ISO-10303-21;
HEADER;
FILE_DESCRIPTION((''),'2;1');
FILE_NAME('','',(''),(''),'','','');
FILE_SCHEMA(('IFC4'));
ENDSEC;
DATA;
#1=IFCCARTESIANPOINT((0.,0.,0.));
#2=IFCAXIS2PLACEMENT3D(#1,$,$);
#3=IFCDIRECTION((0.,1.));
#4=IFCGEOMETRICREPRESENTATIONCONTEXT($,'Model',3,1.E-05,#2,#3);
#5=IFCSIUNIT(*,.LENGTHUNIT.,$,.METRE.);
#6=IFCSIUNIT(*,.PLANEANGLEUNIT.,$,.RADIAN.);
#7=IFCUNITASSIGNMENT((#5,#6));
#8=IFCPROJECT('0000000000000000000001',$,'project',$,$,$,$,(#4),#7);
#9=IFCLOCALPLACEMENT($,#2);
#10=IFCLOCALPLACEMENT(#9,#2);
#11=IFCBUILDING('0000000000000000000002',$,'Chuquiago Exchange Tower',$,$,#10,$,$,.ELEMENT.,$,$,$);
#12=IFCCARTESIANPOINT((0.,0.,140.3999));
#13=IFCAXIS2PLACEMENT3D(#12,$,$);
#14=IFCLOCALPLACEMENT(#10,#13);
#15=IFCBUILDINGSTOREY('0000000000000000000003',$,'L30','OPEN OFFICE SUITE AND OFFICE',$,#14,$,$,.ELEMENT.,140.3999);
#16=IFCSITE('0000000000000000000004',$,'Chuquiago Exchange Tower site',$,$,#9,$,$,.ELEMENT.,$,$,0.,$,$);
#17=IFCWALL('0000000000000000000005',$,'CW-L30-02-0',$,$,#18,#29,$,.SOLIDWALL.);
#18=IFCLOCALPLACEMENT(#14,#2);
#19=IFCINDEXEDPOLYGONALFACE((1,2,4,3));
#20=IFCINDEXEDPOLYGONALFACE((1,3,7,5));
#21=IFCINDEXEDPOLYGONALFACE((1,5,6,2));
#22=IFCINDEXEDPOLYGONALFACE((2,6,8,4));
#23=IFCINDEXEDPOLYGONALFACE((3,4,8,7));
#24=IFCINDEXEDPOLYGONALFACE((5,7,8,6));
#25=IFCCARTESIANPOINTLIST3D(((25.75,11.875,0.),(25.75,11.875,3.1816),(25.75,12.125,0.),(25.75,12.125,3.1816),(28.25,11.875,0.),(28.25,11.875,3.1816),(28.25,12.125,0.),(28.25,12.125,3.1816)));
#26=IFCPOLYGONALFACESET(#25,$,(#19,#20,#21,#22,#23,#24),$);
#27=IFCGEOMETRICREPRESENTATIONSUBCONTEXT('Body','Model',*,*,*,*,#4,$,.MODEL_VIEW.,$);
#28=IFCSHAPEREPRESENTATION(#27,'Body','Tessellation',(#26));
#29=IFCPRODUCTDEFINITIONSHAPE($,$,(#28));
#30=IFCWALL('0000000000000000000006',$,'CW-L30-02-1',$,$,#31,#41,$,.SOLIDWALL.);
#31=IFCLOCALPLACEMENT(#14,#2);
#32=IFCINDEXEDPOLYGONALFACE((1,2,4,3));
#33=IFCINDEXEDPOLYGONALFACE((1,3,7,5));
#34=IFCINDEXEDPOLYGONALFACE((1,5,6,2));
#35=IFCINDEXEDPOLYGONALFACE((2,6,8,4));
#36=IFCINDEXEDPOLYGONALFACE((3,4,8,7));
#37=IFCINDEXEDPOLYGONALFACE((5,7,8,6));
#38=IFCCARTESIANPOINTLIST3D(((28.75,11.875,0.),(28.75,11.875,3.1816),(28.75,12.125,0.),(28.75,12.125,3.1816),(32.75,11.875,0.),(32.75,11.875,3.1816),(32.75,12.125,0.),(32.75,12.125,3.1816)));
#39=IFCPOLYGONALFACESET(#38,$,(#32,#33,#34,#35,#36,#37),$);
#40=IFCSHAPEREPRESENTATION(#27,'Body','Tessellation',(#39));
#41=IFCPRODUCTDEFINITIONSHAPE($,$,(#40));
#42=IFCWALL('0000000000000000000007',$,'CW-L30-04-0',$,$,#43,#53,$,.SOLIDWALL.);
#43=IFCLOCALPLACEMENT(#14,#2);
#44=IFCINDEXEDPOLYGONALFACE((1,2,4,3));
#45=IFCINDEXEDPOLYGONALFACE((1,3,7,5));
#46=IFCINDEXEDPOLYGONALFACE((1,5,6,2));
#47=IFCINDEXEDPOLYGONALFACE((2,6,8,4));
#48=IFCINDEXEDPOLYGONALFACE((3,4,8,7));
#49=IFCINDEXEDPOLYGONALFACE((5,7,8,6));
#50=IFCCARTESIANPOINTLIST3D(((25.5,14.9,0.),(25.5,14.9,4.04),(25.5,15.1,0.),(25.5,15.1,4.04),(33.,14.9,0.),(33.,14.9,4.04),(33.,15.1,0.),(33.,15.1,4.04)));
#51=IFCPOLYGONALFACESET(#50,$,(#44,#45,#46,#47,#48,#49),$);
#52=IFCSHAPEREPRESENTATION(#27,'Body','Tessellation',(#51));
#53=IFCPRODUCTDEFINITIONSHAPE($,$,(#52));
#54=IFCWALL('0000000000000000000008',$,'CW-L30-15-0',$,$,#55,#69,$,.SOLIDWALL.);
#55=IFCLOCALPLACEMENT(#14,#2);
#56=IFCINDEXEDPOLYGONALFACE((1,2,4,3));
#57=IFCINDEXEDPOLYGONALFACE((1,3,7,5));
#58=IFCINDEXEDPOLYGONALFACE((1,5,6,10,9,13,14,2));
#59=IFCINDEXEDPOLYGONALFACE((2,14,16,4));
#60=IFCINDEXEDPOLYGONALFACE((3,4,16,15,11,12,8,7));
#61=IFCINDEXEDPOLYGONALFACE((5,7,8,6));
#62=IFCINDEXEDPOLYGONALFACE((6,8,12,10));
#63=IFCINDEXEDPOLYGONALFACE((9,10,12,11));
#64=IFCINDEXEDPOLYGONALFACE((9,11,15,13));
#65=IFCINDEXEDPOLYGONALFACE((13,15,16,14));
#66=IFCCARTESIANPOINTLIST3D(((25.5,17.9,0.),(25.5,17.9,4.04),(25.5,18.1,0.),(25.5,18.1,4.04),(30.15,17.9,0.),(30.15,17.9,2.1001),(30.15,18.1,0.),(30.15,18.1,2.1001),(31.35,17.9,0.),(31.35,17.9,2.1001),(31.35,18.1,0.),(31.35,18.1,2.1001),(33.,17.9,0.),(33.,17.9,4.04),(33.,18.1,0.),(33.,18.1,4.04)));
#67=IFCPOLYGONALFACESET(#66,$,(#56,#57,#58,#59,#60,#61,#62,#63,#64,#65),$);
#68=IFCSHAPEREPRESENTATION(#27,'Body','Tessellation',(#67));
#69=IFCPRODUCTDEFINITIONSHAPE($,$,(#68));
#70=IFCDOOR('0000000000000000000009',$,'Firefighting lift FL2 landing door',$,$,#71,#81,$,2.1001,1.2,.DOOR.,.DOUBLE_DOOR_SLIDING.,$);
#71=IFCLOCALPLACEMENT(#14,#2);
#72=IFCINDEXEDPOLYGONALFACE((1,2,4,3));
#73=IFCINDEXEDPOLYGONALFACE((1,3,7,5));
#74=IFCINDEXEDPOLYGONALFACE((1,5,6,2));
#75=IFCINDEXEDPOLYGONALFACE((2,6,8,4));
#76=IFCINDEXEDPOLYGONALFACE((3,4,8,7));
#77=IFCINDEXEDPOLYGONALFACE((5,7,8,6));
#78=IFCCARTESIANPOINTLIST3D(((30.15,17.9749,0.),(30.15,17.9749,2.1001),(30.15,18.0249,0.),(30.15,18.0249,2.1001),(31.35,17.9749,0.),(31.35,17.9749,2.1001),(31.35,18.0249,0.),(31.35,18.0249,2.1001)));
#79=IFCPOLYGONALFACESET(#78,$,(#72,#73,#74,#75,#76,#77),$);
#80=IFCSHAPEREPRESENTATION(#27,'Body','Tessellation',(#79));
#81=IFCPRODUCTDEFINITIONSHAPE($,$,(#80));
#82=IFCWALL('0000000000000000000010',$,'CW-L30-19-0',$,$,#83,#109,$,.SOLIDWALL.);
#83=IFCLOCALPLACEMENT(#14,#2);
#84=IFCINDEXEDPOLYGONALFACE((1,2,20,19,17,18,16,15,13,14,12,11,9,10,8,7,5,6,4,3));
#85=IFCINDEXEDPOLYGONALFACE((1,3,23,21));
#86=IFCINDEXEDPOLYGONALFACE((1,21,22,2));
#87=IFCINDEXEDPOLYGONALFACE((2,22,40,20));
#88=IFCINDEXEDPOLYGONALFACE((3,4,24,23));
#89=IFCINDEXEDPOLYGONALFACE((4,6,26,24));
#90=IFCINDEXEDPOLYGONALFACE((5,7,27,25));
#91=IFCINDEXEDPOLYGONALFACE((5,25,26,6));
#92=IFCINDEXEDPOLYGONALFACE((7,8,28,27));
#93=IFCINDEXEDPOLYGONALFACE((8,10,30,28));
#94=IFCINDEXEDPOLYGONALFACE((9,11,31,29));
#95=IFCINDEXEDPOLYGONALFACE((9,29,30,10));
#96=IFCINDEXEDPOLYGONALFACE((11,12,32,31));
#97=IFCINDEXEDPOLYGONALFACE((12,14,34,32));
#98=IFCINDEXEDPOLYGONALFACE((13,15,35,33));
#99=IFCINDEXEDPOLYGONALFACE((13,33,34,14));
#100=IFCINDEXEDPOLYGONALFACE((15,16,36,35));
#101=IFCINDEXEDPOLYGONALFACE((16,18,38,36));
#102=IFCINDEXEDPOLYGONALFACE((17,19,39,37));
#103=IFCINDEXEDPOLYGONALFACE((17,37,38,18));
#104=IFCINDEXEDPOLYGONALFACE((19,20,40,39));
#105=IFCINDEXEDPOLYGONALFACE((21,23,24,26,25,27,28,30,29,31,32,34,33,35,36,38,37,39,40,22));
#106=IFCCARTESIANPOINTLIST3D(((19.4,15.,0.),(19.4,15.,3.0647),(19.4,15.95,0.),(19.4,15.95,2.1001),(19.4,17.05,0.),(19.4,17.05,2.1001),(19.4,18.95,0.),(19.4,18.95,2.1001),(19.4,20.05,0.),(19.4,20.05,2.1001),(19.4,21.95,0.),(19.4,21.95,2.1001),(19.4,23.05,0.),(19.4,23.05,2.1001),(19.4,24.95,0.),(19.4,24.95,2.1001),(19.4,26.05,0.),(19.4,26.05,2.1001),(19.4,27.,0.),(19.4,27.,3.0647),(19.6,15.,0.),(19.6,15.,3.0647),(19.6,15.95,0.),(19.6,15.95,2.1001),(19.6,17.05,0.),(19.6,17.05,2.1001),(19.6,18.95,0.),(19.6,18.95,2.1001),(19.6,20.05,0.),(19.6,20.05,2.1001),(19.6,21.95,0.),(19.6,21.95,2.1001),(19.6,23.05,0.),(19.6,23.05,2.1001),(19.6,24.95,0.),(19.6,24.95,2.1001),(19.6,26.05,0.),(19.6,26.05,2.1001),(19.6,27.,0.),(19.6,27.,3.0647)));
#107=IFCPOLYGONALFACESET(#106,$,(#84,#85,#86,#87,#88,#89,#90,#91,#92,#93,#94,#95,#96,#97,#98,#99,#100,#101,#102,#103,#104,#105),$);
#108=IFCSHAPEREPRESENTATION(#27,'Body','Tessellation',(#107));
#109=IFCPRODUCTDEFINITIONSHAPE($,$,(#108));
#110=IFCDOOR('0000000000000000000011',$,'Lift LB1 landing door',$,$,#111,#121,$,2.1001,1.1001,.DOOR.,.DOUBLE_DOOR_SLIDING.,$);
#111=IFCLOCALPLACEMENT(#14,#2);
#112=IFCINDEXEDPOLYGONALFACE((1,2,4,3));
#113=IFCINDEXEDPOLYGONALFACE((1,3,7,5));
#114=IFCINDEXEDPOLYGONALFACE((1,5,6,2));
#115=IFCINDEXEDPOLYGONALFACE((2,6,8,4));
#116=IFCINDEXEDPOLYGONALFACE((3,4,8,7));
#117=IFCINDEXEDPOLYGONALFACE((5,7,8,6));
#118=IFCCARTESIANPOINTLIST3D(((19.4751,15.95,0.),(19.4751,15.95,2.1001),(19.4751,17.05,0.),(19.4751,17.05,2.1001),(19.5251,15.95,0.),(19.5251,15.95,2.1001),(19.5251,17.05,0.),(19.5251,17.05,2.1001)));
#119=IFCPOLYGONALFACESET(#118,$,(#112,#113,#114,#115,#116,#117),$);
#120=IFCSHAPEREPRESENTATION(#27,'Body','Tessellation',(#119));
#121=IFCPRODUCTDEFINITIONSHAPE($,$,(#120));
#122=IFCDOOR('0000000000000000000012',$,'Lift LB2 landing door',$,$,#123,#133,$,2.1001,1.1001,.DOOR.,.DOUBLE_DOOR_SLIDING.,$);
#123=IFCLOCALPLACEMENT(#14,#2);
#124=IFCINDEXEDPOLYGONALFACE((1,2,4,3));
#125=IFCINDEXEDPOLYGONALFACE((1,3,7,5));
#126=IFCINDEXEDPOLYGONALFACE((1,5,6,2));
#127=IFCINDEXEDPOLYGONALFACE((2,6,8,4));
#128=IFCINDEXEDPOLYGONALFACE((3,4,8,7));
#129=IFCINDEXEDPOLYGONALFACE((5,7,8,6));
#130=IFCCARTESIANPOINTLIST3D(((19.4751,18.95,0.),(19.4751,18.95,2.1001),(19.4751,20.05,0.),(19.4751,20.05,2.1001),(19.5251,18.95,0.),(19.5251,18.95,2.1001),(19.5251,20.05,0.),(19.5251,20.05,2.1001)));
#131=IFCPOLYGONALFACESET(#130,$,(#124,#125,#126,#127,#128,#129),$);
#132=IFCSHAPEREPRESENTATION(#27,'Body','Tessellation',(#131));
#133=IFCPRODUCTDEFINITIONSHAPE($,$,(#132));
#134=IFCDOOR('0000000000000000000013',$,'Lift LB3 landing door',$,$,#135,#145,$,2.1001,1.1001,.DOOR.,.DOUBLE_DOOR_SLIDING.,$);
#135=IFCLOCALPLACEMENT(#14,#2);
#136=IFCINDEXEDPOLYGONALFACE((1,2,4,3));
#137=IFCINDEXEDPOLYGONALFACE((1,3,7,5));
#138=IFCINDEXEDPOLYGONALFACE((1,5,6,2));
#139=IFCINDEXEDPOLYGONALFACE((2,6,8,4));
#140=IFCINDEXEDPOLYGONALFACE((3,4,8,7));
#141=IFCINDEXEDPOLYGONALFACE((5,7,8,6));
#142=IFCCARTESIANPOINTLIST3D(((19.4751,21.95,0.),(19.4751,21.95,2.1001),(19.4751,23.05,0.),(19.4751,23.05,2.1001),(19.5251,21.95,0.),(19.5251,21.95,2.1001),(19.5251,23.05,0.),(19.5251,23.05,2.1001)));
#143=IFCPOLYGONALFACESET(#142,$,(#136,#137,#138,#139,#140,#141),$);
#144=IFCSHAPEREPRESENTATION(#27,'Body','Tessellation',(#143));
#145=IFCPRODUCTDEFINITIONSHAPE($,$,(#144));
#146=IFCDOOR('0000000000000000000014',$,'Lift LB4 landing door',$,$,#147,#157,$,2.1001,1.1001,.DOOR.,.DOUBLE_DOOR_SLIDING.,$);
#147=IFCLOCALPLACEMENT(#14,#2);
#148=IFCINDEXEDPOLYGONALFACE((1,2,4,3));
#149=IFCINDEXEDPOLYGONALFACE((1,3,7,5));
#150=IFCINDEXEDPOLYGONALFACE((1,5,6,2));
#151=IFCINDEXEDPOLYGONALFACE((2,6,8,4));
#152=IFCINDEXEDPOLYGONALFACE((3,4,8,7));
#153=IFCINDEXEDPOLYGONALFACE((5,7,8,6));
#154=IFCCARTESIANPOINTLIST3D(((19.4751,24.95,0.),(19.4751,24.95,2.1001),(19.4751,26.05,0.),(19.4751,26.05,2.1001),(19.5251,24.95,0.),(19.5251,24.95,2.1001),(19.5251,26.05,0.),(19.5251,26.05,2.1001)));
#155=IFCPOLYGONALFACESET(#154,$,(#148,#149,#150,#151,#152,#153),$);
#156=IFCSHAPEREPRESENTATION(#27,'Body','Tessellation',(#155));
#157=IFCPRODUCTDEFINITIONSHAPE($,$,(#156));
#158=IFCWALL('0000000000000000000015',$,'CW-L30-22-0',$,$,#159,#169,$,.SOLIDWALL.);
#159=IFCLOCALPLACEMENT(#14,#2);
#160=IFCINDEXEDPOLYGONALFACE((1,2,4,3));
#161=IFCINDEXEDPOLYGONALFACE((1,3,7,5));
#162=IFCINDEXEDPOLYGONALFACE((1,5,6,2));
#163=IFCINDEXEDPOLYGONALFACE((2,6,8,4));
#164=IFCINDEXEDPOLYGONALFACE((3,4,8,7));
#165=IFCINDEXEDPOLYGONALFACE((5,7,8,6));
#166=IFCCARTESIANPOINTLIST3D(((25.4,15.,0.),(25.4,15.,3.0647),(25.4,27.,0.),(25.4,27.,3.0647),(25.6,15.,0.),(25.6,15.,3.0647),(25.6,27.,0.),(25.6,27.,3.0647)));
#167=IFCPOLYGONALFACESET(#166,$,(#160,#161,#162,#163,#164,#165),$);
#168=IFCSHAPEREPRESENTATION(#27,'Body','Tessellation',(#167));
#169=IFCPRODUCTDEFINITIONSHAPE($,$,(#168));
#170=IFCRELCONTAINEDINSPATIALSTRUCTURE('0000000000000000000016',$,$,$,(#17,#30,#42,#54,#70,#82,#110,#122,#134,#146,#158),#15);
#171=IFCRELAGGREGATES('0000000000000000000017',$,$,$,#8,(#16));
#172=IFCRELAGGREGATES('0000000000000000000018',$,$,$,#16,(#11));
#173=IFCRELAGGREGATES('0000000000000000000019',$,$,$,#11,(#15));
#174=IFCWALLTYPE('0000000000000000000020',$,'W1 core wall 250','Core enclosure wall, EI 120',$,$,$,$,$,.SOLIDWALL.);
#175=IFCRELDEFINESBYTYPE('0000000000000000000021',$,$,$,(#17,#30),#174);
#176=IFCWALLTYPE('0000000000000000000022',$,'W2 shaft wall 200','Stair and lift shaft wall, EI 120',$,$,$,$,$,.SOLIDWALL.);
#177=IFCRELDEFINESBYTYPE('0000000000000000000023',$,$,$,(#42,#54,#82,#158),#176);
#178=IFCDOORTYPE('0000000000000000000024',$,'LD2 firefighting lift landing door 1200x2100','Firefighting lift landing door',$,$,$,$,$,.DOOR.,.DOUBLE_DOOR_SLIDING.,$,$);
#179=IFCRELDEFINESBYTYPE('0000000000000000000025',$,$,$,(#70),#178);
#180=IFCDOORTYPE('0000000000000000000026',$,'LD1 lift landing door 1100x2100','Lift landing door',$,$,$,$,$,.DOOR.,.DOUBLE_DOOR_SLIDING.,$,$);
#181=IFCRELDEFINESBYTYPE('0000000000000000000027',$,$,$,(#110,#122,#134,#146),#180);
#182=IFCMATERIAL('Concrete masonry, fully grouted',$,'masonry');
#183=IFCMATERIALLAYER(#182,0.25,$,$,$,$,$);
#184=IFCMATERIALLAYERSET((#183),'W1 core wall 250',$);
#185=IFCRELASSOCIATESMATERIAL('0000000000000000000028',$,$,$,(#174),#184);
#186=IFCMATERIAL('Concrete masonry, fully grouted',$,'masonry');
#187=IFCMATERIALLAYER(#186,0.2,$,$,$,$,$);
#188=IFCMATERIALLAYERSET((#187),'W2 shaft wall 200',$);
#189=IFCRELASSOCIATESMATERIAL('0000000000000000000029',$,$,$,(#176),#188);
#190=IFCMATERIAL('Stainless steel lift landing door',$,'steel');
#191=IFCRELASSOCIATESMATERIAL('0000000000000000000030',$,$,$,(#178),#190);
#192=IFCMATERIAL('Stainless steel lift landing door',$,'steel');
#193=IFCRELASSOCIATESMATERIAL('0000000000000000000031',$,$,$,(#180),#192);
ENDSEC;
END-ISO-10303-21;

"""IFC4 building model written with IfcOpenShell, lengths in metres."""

from ifc_helpers import new_model, si_unit, direction, frame, frame_2d, origin, place, context, subcontext, project, spatial, rectangle, extrude, material, layer, layer_set, type_object, element, fill, save


model = new_model("IFC4")

# Units and contexts
model_context = context("Model", 3, precision=1e-05, world=origin(), true_north=direction((0.0, 1.0)))
body_context = subcontext(model_context, "Body", "Model", "MODEL_VIEW")
ifc_project = project(units=[si_unit("LENGTHUNIT", "METRE"), si_unit("PLANEANGLEUNIT", "RADIAN")], contexts=[model_context])

# Site, building, storey
site_placement = place(None, origin())
site = spatial("IfcSite", under=ifc_project, at=site_placement, Name="Chuquiago Exchange Tower site", CompositionType="ELEMENT", RefElevation=0.0)
building_placement = place(site_placement, origin())
building = spatial("IfcBuilding", under=site, at=building_placement, Name="Chuquiago Exchange Tower", CompositionType="ELEMENT")
storey_placement = place(building_placement, frame((0.0, 0.0, 140.3999)))
storey = spatial("IfcBuildingStorey", under=building, at=storey_placement, Name="L30", Description="OPEN OFFICE SUITE AND OFFICE", CompositionType="ELEMENT", Elevation=140.3999)

# Walls
ifc_material_1 = material(Name="Concrete masonry, fully grouted", Category="masonry")
ifc_layer_1 = layer(ifc_material_1, 0.25)
ifc_layer_set_1 = layer_set([ifc_layer_1], Name="W1 core wall 250")
wall_type_1 = type_object("IfcWallType", Name="W1 core wall 250", Description="Core enclosure wall, EI 120", PredefinedType="SOLIDWALL", material=ifc_layer_set_1)
wall_1_placement = place(storey_placement, frame((25.75, 12.0, 0.0), z_axis=(0.0, 0.0, 1.0), x_axis=(1.0, 0.0, 0.0)))
element("IfcWall", 1, at=wall_1_placement, inside=storey, type_object=wall_type_1, Name="CW-L30-02-0", PredefinedType="SOLIDWALL", context=body_context, shape_type="SweptSolid", body=[
    extrude(rectangle(XDim=2.5, YDim=0.25, at=frame_2d((1.25, 0.0))), origin(), (0.0, 0.0, 1.0), 3.1816),
])
wall_2_placement = place(storey_placement, frame((28.75, 12.0, 0.0), z_axis=(0.0, 0.0, 1.0), x_axis=(1.0, 0.0, 0.0)))
element("IfcWall", 2, at=wall_2_placement, inside=storey, type_object=wall_type_1, Name="CW-L30-02-1", PredefinedType="SOLIDWALL", context=body_context, shape_type="SweptSolid", body=[
    extrude(rectangle(XDim=4.0, YDim=0.25, at=frame_2d((2.0, 0.0))), origin(), (0.0, 0.0, 1.0), 3.1816),
])
ifc_material_2 = material(Name="Concrete masonry, fully grouted", Category="masonry")
ifc_layer_2 = layer(ifc_material_2, 0.2)
ifc_layer_set_2 = layer_set([ifc_layer_2], Name="W2 shaft wall 200")
wall_type_2 = type_object("IfcWallType", Name="W2 shaft wall 200", Description="Stair and lift shaft wall, EI 120", PredefinedType="SOLIDWALL", material=ifc_layer_set_2)
wall_3_placement = place(storey_placement, frame((25.5, 15.0, 0.0), z_axis=(0.0, 0.0, 1.0), x_axis=(1.0, 0.0, 0.0)))
element("IfcWall", 3, at=wall_3_placement, inside=storey, type_object=wall_type_2, Name="CW-L30-04-0", PredefinedType="SOLIDWALL", context=body_context, shape_type="SweptSolid", body=[
    extrude(rectangle(XDim=7.5, YDim=0.2, at=frame_2d((3.75, 0.0))), origin(), (0.0, 0.0, 1.0), 4.04),
])

# Wall, opening, door
wall_4_placement = place(storey_placement, frame((25.5, 18.0, 0.0), z_axis=(0.0, 0.0, 1.0), x_axis=(1.0, 0.0, 0.0)))
wall_4 = element("IfcWall", 4, at=wall_4_placement, inside=storey, type_object=wall_type_2, Name="CW-L30-15-0", PredefinedType="SOLIDWALL", context=body_context, shape_type="SweptSolid", body=[
    extrude(rectangle(XDim=7.5, YDim=0.2, at=frame_2d((3.75, 0.0))), origin(), (0.0, 0.0, 1.0), 4.04),
])
opening_1_placement = place(wall_4_placement, frame((4.6499, 0.0, 0.0)))
opening_1 = element("IfcOpeningElement", 5, at=opening_1_placement, cuts=wall_4, PredefinedType="OPENING", context=body_context, shape_type="SweptSolid", body=[
    extrude(rectangle(XDim=1.2, YDim=2.1001, at=frame_2d((0.6001, 1.05))), frame((0.0, 0.1099, 0.0), z_axis=(0.0, -1.0, 0.0), x_axis=(1.0, 0.0, 0.0)), (0.0, 0.0, 1.0), 0.22),
])
ifc_material_3 = material(Name="Stainless steel lift landing door", Category="steel")
door_type_1 = type_object("IfcDoorType", Name="LD2 firefighting lift landing door 1200x2100", Description="Firefighting lift landing door", OperationType="DOUBLE_DOOR_SLIDING", PredefinedType="DOOR", material=ifc_material_3)
door_1_placement = place(opening_1_placement, origin())
door_1 = element("IfcDoor", 6, at=door_1_placement, inside=storey, type_object=door_type_1, Name="Firefighting lift FL2 landing door", OperationType="DOUBLE_DOOR_SLIDING", OverallHeight=2.1001, OverallWidth=1.2, PredefinedType="DOOR", context=body_context, shape_type="SweptSolid", body=[
    extrude(rectangle(XDim=1.2, YDim=2.1001, at=frame_2d((0.6001, 1.05))), frame((0.0, 0.0249, 0.0), z_axis=(0.0, -1.0, 0.0), x_axis=(1.0, 0.0, 0.0)), (0.0, 0.0, 1.0), 0.05),
])
fill(opening_1, door_1)

# Wall, openings, doors
wall_5_placement = place(storey_placement, frame((19.5, 15.0, 0.0), z_axis=(0.0, 0.0, 1.0), x_axis=(0.0, 1.0, 0.0)))
wall_5 = element("IfcWall", 7, at=wall_5_placement, inside=storey, type_object=wall_type_2, Name="CW-L30-19-0", PredefinedType="SOLIDWALL", context=body_context, shape_type="SweptSolid", body=[
    extrude(rectangle(XDim=12.0, YDim=0.2, at=frame_2d((6.0, 0.0))), origin(), (0.0, 0.0, 1.0), 3.0647),
])
opening_2_placement = place(wall_5_placement, frame((0.95, 0.0, 0.0)))
opening_2 = element("IfcOpeningElement", 8, at=opening_2_placement, cuts=wall_5, PredefinedType="OPENING", context=body_context, shape_type="SweptSolid", body=[
    extrude(rectangle(XDim=1.1001, YDim=2.1001, at=frame_2d((0.55, 1.05))), frame((0.0, 0.1099, 0.0), z_axis=(0.0, -1.0, 0.0), x_axis=(1.0, 0.0, 0.0)), (0.0, 0.0, 1.0), 0.22),
])
opening_3_placement = place(wall_5_placement, frame((3.95, 0.0, 0.0)))
opening_3 = element("IfcOpeningElement", 9, at=opening_3_placement, cuts=wall_5, PredefinedType="OPENING", context=body_context, shape_type="SweptSolid", body=[
    extrude(rectangle(XDim=1.1001, YDim=2.1001, at=frame_2d((0.55, 1.05))), frame((0.0, 0.1099, 0.0), z_axis=(0.0, -1.0, 0.0), x_axis=(1.0, 0.0, 0.0)), (0.0, 0.0, 1.0), 0.22),
])
opening_4_placement = place(wall_5_placement, frame((6.95, 0.0, 0.0)))
opening_4 = element("IfcOpeningElement", 10, at=opening_4_placement, cuts=wall_5, PredefinedType="OPENING", context=body_context, shape_type="SweptSolid", body=[
    extrude(rectangle(XDim=1.1001, YDim=2.1001, at=frame_2d((0.55, 1.05))), frame((0.0, 0.1099, 0.0), z_axis=(0.0, -1.0, 0.0), x_axis=(1.0, 0.0, 0.0)), (0.0, 0.0, 1.0), 0.22),
])
opening_5_placement = place(wall_5_placement, frame((9.95, 0.0, 0.0)))
opening_5 = element("IfcOpeningElement", 11, at=opening_5_placement, cuts=wall_5, PredefinedType="OPENING", context=body_context, shape_type="SweptSolid", body=[
    extrude(rectangle(XDim=1.1001, YDim=2.1001, at=frame_2d((0.55, 1.05))), frame((0.0, 0.1099, 0.0), z_axis=(0.0, -1.0, 0.0), x_axis=(1.0, 0.0, 0.0)), (0.0, 0.0, 1.0), 0.22),
])
ifc_material_4 = material(Name="Stainless steel lift landing door", Category="steel")
door_type_2 = type_object("IfcDoorType", Name="LD1 lift landing door 1100x2100", Description="Lift landing door", OperationType="DOUBLE_DOOR_SLIDING", PredefinedType="DOOR", material=ifc_material_4)
door_2_placement = place(opening_2_placement, origin())
door_2 = element("IfcDoor", 12, at=door_2_placement, inside=storey, type_object=door_type_2, Name="Lift LB1 landing door", OperationType="DOUBLE_DOOR_SLIDING", OverallHeight=2.1001, OverallWidth=1.1001, PredefinedType="DOOR", context=body_context, shape_type="SweptSolid", body=[
    extrude(rectangle(XDim=1.1001, YDim=2.1001, at=frame_2d((0.55, 1.05))), frame((0.0, 0.0249, 0.0), z_axis=(0.0, -1.0, 0.0), x_axis=(1.0, 0.0, 0.0)), (0.0, 0.0, 1.0), 0.05),
])
fill(opening_2, door_2)
door_3_placement = place(opening_3_placement, origin())
door_3 = element("IfcDoor", 13, at=door_3_placement, inside=storey, type_object=door_type_2, Name="Lift LB2 landing door", OperationType="DOUBLE_DOOR_SLIDING", OverallHeight=2.1001, OverallWidth=1.1001, PredefinedType="DOOR", context=body_context, shape_type="SweptSolid", body=[
    extrude(rectangle(XDim=1.1001, YDim=2.1001, at=frame_2d((0.55, 1.05))), frame((0.0, 0.0249, 0.0), z_axis=(0.0, -1.0, 0.0), x_axis=(1.0, 0.0, 0.0)), (0.0, 0.0, 1.0), 0.05),
])
fill(opening_3, door_3)
door_4_placement = place(opening_4_placement, origin())
door_4 = element("IfcDoor", 14, at=door_4_placement, inside=storey, type_object=door_type_2, Name="Lift LB3 landing door", OperationType="DOUBLE_DOOR_SLIDING", OverallHeight=2.1001, OverallWidth=1.1001, PredefinedType="DOOR", context=body_context, shape_type="SweptSolid", body=[
    extrude(rectangle(XDim=1.1001, YDim=2.1001, at=frame_2d((0.55, 1.05))), frame((0.0, 0.0249, 0.0), z_axis=(0.0, -1.0, 0.0), x_axis=(1.0, 0.0, 0.0)), (0.0, 0.0, 1.0), 0.05),
])
fill(opening_4, door_4)
door_5_placement = place(opening_5_placement, origin())
door_5 = element("IfcDoor", 15, at=door_5_placement, inside=storey, type_object=door_type_2, Name="Lift LB4 landing door", OperationType="DOUBLE_DOOR_SLIDING", OverallHeight=2.1001, OverallWidth=1.1001, PredefinedType="DOOR", context=body_context, shape_type="SweptSolid", body=[
    extrude(rectangle(XDim=1.1001, YDim=2.1001, at=frame_2d((0.55, 1.05))), frame((0.0, 0.0249, 0.0), z_axis=(0.0, -1.0, 0.0), x_axis=(1.0, 0.0, 0.0)), (0.0, 0.0, 1.0), 0.05),
])
fill(opening_5, door_5)

# Wall
wall_6_placement = place(storey_placement, frame((25.5, 15.0, 0.0), z_axis=(0.0, 0.0, 1.0), x_axis=(0.0, 1.0, 0.0)))
element("IfcWall", 16, at=wall_6_placement, inside=storey, type_object=wall_type_2, Name="CW-L30-22-0", PredefinedType="SOLIDWALL", context=body_context, shape_type="SweptSolid", body=[
    extrude(rectangle(XDim=12.0, YDim=0.2, at=frame_2d((6.0, 0.0))), origin(), (0.0, 0.0, 1.0), 3.0647),
])

save(model, "model.ifc")
